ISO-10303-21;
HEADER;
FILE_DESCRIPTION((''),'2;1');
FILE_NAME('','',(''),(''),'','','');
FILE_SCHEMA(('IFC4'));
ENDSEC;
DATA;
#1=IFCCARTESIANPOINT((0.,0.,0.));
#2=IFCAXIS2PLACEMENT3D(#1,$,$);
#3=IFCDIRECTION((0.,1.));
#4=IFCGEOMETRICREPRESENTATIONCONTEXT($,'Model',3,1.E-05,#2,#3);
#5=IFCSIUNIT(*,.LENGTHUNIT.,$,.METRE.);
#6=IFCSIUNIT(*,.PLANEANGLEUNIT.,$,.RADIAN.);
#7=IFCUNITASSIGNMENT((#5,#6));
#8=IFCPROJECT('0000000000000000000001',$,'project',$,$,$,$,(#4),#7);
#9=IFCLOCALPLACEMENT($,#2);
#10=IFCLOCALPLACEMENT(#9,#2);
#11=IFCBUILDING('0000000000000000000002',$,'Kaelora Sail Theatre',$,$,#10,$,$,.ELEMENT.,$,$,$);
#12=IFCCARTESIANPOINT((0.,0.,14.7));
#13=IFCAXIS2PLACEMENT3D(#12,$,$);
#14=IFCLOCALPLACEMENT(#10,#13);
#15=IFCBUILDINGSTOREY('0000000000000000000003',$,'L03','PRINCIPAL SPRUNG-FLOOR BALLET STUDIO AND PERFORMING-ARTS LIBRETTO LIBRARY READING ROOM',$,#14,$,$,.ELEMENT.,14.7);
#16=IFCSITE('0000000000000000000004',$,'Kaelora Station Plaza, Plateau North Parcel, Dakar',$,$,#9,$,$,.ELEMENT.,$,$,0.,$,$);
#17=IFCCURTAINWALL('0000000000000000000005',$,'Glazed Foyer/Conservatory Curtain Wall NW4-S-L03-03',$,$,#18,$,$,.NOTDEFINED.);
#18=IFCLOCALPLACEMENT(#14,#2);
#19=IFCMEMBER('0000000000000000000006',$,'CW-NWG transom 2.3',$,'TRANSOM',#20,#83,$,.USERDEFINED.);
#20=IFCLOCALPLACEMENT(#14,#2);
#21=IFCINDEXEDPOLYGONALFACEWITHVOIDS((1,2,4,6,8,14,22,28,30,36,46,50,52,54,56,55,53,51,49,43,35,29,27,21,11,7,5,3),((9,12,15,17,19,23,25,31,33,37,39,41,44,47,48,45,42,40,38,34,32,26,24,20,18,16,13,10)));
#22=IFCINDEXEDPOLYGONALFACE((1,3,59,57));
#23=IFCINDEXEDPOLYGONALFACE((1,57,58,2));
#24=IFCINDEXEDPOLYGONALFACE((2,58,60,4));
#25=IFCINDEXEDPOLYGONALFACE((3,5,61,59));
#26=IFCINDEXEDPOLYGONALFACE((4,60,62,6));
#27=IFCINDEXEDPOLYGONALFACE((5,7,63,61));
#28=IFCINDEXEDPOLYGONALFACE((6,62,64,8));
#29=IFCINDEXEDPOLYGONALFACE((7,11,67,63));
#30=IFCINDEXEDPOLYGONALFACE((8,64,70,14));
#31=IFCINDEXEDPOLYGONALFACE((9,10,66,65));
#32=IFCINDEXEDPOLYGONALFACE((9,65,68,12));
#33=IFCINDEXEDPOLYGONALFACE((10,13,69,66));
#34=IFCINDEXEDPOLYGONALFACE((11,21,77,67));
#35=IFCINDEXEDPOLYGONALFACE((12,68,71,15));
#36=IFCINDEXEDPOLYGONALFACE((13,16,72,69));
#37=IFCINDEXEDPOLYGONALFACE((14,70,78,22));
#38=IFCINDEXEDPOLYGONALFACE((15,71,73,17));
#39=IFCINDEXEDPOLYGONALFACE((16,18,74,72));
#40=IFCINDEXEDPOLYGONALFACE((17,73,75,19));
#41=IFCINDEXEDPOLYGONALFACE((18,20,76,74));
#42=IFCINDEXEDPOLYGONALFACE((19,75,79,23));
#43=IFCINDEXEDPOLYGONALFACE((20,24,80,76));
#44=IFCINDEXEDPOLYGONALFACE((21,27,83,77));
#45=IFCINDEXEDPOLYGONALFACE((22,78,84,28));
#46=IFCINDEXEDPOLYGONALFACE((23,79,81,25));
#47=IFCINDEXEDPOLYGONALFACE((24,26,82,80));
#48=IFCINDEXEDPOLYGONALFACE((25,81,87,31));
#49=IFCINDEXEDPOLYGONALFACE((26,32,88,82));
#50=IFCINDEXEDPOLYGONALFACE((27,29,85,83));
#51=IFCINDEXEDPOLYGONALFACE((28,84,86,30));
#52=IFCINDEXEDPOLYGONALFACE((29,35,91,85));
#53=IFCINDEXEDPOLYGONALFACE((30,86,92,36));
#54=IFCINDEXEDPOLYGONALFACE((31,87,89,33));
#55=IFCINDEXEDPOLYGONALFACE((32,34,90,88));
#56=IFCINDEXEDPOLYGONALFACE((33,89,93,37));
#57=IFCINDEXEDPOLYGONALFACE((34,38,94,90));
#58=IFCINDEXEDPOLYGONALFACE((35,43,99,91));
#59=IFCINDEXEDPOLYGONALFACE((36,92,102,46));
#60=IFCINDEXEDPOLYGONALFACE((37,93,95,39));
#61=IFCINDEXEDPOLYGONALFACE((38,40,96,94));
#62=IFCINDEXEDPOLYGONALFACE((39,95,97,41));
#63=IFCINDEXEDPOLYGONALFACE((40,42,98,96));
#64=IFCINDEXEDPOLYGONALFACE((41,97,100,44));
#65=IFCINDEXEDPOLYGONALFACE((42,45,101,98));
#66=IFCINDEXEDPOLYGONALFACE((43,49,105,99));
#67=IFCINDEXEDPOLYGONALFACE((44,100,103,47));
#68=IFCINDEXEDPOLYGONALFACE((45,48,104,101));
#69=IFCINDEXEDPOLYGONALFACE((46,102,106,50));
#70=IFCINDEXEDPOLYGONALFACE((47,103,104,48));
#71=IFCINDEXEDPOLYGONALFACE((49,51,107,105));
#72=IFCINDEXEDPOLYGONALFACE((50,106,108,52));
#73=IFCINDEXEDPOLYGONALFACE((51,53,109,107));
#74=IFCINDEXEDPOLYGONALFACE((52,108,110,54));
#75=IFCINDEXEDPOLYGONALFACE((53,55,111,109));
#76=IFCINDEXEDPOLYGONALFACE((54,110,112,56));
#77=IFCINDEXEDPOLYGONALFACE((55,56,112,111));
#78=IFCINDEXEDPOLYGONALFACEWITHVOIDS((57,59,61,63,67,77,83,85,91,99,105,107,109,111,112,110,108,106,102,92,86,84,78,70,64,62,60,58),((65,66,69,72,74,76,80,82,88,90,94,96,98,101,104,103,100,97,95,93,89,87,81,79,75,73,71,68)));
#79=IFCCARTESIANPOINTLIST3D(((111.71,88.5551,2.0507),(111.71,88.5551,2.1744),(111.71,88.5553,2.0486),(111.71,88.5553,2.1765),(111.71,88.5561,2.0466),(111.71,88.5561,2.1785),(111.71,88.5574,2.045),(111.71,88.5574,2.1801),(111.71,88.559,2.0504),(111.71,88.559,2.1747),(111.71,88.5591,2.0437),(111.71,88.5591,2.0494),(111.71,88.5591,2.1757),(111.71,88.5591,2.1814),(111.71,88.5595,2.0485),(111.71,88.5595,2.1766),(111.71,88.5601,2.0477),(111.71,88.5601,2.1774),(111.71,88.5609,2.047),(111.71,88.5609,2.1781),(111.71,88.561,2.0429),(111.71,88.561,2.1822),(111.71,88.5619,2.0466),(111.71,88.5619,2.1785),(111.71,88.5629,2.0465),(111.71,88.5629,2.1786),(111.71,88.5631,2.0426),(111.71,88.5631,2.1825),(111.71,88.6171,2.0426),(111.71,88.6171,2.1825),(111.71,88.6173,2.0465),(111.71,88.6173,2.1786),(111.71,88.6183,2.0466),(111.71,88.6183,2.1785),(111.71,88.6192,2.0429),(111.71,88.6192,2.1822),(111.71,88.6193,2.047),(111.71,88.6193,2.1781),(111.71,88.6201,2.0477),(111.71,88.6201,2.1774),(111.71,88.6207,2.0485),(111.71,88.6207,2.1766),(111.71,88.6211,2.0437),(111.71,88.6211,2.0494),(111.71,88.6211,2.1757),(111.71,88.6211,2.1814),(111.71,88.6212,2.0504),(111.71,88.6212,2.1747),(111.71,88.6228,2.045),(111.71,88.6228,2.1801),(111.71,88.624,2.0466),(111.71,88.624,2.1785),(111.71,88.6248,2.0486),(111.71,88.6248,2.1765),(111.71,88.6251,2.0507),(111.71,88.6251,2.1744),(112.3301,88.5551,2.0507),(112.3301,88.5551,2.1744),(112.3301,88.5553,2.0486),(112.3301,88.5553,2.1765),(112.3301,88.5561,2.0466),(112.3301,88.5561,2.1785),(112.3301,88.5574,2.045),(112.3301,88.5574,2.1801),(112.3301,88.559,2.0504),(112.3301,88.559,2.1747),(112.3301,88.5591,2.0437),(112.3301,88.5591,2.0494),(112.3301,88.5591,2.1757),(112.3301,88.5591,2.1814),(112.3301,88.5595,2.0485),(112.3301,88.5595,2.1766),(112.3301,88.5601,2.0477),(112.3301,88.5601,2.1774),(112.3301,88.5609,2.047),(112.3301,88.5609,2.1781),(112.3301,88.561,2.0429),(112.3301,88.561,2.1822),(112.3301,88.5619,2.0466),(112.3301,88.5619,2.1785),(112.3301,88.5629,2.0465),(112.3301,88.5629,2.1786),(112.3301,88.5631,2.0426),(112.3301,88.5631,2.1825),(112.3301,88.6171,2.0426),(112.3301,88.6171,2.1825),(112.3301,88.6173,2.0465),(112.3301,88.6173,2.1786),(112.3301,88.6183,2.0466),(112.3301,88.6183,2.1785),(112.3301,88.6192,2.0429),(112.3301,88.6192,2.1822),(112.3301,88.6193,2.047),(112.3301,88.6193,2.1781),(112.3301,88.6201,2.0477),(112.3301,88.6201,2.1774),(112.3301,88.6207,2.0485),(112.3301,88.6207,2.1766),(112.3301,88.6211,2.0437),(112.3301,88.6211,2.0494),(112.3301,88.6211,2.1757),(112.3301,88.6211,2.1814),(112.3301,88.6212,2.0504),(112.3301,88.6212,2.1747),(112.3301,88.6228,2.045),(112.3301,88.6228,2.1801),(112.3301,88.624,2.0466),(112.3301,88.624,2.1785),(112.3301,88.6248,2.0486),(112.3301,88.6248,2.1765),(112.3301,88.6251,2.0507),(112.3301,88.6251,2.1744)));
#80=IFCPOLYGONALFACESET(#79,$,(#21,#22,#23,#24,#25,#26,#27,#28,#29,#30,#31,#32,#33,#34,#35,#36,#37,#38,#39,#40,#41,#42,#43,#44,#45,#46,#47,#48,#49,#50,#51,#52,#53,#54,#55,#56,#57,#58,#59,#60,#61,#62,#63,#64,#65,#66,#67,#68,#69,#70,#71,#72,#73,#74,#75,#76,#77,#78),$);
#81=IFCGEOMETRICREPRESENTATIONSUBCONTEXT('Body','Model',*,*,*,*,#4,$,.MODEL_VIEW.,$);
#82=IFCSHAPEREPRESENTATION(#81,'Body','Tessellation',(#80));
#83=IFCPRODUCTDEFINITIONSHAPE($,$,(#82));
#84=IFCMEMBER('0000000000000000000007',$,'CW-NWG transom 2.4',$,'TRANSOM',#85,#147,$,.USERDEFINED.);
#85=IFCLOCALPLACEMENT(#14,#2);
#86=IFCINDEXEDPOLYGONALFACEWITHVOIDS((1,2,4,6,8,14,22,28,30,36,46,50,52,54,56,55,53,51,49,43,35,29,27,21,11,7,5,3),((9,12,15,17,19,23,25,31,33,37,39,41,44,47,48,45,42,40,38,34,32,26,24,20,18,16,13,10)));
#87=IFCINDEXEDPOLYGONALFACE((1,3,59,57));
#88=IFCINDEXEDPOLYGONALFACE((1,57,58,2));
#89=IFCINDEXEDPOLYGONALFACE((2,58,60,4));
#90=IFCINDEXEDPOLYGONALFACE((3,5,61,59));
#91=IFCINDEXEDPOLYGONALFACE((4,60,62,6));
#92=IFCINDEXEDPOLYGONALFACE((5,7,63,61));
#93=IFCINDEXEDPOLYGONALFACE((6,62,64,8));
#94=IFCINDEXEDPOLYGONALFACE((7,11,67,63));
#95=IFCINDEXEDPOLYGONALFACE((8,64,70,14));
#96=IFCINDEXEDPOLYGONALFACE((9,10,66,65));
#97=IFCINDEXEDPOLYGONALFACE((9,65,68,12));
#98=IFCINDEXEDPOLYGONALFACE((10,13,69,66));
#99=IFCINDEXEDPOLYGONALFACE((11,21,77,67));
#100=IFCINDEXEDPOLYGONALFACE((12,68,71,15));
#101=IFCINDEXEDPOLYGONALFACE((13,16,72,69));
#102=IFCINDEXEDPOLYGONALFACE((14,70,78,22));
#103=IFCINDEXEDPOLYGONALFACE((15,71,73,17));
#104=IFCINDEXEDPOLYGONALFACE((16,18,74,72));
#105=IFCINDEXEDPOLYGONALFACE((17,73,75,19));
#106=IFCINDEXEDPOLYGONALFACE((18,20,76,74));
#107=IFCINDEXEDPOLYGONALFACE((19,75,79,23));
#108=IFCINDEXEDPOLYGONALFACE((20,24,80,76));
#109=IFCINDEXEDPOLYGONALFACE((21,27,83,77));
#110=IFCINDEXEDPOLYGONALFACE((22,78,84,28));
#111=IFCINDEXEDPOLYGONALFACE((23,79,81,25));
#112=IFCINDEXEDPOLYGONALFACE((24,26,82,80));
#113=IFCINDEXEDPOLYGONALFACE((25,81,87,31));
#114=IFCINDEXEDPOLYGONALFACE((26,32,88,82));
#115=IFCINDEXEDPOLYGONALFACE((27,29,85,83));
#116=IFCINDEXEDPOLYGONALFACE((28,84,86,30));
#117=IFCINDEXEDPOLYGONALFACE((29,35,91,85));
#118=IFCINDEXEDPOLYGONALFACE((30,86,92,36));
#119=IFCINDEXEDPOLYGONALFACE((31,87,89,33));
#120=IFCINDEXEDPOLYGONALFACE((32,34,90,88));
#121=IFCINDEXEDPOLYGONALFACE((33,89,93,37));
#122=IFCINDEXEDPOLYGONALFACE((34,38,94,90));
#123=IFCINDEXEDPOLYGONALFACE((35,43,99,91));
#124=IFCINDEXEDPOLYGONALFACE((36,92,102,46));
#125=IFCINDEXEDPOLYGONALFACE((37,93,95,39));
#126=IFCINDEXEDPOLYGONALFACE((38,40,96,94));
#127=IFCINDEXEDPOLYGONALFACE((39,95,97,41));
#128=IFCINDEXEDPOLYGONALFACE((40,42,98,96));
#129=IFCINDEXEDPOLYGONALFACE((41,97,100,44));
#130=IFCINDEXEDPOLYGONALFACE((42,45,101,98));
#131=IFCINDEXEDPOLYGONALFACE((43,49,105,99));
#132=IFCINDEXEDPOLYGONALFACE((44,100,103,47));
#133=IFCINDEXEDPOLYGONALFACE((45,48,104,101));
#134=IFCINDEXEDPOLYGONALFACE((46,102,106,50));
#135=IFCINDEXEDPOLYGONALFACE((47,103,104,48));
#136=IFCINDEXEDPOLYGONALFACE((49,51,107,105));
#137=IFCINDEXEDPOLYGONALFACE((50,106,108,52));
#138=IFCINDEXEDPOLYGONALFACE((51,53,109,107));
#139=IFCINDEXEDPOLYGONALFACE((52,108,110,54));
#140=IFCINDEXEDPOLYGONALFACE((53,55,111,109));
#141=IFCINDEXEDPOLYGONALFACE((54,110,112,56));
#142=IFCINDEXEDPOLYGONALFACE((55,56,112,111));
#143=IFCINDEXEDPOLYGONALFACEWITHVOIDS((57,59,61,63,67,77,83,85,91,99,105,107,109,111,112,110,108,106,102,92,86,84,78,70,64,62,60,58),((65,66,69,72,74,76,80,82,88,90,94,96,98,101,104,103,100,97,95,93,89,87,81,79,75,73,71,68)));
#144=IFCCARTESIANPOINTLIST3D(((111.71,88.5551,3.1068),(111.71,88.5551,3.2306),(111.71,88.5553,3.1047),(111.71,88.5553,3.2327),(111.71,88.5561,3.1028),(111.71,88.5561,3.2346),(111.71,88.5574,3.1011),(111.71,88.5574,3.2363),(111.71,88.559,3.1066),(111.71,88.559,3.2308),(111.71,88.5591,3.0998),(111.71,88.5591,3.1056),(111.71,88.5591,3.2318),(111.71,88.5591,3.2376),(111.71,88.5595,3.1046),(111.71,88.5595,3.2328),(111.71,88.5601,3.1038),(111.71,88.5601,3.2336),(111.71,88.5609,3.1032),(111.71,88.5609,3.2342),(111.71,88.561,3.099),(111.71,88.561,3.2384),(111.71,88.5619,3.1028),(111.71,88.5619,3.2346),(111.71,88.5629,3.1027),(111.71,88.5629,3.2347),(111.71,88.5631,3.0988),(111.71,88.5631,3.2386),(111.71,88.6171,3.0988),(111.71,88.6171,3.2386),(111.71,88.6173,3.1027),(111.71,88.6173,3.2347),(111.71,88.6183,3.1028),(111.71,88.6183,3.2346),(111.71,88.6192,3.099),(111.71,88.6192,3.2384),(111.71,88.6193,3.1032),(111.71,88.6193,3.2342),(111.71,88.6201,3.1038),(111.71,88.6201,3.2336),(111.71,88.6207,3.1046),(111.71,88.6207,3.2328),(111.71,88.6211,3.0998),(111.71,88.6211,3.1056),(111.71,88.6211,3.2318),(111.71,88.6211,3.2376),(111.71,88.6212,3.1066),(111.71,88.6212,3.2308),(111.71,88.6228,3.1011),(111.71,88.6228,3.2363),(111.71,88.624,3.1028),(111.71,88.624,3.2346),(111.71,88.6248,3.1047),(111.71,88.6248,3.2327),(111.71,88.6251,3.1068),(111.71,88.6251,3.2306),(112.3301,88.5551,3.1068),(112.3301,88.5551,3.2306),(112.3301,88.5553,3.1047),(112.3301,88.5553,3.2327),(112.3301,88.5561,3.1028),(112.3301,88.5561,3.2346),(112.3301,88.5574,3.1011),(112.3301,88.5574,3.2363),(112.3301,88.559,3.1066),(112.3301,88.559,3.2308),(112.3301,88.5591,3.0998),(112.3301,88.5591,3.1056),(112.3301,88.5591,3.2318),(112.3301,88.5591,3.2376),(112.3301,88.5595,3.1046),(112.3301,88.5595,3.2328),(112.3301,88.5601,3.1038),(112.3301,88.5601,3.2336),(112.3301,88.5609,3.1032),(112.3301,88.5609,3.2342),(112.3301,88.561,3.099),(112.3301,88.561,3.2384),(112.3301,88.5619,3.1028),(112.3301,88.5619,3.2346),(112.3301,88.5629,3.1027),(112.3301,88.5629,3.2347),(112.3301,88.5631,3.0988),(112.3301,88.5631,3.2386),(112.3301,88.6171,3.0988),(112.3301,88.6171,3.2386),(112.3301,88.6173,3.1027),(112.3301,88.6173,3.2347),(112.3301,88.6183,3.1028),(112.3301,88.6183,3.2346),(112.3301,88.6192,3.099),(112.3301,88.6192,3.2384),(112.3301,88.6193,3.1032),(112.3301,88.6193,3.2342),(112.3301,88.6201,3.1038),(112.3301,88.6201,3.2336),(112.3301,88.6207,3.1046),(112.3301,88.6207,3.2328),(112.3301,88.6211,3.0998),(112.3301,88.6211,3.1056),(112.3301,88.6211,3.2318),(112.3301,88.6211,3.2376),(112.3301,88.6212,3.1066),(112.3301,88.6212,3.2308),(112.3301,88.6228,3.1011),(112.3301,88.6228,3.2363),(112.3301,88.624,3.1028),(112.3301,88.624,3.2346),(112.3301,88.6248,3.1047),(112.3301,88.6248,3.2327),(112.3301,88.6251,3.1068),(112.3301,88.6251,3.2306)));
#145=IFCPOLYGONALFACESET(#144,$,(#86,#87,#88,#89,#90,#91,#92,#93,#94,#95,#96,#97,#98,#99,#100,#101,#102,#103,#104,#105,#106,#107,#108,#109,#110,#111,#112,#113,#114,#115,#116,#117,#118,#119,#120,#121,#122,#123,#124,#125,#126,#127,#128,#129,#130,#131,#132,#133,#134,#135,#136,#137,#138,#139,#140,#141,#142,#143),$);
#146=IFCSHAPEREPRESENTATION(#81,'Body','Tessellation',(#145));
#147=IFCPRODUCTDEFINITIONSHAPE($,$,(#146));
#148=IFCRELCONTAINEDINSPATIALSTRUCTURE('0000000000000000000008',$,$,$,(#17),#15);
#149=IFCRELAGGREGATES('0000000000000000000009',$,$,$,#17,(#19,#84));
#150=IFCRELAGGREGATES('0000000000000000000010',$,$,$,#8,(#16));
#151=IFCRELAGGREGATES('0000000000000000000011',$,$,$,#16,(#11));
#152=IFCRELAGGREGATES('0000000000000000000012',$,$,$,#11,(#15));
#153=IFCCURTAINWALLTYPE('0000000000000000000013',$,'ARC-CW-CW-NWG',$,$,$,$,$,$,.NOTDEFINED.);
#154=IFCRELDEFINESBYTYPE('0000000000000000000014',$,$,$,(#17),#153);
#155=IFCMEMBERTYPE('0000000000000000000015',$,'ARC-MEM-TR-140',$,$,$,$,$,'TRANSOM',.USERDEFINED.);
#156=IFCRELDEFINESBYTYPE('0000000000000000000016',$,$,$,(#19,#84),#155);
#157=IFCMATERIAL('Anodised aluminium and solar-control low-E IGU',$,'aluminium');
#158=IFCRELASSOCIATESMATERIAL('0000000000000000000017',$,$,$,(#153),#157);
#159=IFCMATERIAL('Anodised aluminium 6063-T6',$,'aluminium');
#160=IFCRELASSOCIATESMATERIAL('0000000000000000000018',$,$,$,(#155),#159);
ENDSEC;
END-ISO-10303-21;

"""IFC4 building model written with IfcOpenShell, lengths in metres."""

from ifc_helpers import new_model, si_unit, direction, frame, origin, origin_2d, place, context, subcontext, project, spatial, hollow_rectangle, extrude, material, material_profile, profile_set, type_object, element, aggregate, save


model = new_model("IFC4")

# Units and contexts
model_context = context("Model", 3, precision=1e-05, world=origin(), true_north=direction((0.0, 1.0)))
body_context = subcontext(model_context, "Body", "Model", "MODEL_VIEW")
ifc_project = project(units=[si_unit("LENGTHUNIT", "METRE"), si_unit("PLANEANGLEUNIT", "RADIAN")], contexts=[model_context])

# Site, building, storey
site_placement = place(None, origin())
site = spatial("IfcSite", under=ifc_project, at=site_placement, Name="Kaelora Station Plaza, Plateau North Parcel, Dakar", CompositionType="ELEMENT", RefElevation=0.0)
building_placement = place(site_placement, origin())
building = spatial("IfcBuilding", under=site, at=building_placement, Name="Kaelora Sail Theatre", CompositionType="ELEMENT")
storey_placement = place(building_placement, frame((0.0, 0.0, 14.7)))
storey = spatial("IfcBuildingStorey", under=building, at=storey_placement, Name="L03", Description="PRINCIPAL SPRUNG-FLOOR BALLET STUDIO AND PERFORMING-ARTS LIBRETTO LIBRARY READING ROOM", CompositionType="ELEMENT", Elevation=14.7)

# Curtain wall, members
ifc_material_1 = material(Name="Anodised aluminium and solar-control low-E IGU", Category="aluminium")
curtain_wall_type = type_object("IfcCurtainWallType", Name="ARC-CW-CW-NWG", PredefinedType="NOTDEFINED", material=ifc_material_1)
ifc_material_2 = material(Name="Anodised aluminium 6063-T6", Category="aluminium")
ifc_material_profile = material_profile(ifc_material_2, hollow_rectangle(XDim=0.0701, YDim=0.1399, WallThickness=0.0039, InnerFilletRadius=0.0039, OuterFilletRadius=0.0081, at=origin_2d()), Name="ALU-TRAN 70x140x4")
ifc_profile_set = profile_set([ifc_material_profile], Name="Anodised aluminium 6063-T6")
member_type = type_object("IfcMemberType", Name="ARC-MEM-TR-140", ElementType="TRANSOM", PredefinedType="USERDEFINED", material=ifc_profile_set)
curtain_wall_1_placement = place(storey_placement, origin())
curtain_wall_1 = element("IfcCurtainWall", 1, at=curtain_wall_1_placement, inside=storey, type_object=curtain_wall_type, Name="Glazed Foyer/Conservatory Curtain Wall NW4-S-L03-03", PredefinedType="NOTDEFINED")
member_1_placement = place(storey_placement, frame((111.71, 88.5901, 2.1125), z_axis=(1.0, 0.0, 0.0), x_axis=(0.0, 1.0, 0.0)))
member_1 = element("IfcMember", 2, at=member_1_placement, type_object=member_type, Name="CW-NWG transom 2.3", ObjectType="TRANSOM", PredefinedType="USERDEFINED", context=body_context, shape_type="SweptSolid", body=[
    extrude(hollow_rectangle(XDim=0.0701, YDim=0.1399, WallThickness=0.0039, InnerFilletRadius=0.0039, OuterFilletRadius=0.0081, at=origin_2d()), origin(), (0.0, 0.0, 1.0), 0.6201),
])
member_2_placement = place(storey_placement, frame((111.71, 88.5901, 3.1687), z_axis=(1.0, 0.0, 0.0), x_axis=(0.0, 1.0, 0.0)))
member_2 = element("IfcMember", 3, at=member_2_placement, type_object=member_type, Name="CW-NWG transom 2.4", ObjectType="TRANSOM", PredefinedType="USERDEFINED", context=body_context, shape_type="SweptSolid", body=[
    extrude(hollow_rectangle(XDim=0.0701, YDim=0.1399, WallThickness=0.0039, InnerFilletRadius=0.0039, OuterFilletRadius=0.0081, at=origin_2d()), origin(), (0.0, 0.0, 1.0), 0.6201),
])

aggregate(curtain_wall_1, [member_1, member_2])

save(model, "model.ifc")
